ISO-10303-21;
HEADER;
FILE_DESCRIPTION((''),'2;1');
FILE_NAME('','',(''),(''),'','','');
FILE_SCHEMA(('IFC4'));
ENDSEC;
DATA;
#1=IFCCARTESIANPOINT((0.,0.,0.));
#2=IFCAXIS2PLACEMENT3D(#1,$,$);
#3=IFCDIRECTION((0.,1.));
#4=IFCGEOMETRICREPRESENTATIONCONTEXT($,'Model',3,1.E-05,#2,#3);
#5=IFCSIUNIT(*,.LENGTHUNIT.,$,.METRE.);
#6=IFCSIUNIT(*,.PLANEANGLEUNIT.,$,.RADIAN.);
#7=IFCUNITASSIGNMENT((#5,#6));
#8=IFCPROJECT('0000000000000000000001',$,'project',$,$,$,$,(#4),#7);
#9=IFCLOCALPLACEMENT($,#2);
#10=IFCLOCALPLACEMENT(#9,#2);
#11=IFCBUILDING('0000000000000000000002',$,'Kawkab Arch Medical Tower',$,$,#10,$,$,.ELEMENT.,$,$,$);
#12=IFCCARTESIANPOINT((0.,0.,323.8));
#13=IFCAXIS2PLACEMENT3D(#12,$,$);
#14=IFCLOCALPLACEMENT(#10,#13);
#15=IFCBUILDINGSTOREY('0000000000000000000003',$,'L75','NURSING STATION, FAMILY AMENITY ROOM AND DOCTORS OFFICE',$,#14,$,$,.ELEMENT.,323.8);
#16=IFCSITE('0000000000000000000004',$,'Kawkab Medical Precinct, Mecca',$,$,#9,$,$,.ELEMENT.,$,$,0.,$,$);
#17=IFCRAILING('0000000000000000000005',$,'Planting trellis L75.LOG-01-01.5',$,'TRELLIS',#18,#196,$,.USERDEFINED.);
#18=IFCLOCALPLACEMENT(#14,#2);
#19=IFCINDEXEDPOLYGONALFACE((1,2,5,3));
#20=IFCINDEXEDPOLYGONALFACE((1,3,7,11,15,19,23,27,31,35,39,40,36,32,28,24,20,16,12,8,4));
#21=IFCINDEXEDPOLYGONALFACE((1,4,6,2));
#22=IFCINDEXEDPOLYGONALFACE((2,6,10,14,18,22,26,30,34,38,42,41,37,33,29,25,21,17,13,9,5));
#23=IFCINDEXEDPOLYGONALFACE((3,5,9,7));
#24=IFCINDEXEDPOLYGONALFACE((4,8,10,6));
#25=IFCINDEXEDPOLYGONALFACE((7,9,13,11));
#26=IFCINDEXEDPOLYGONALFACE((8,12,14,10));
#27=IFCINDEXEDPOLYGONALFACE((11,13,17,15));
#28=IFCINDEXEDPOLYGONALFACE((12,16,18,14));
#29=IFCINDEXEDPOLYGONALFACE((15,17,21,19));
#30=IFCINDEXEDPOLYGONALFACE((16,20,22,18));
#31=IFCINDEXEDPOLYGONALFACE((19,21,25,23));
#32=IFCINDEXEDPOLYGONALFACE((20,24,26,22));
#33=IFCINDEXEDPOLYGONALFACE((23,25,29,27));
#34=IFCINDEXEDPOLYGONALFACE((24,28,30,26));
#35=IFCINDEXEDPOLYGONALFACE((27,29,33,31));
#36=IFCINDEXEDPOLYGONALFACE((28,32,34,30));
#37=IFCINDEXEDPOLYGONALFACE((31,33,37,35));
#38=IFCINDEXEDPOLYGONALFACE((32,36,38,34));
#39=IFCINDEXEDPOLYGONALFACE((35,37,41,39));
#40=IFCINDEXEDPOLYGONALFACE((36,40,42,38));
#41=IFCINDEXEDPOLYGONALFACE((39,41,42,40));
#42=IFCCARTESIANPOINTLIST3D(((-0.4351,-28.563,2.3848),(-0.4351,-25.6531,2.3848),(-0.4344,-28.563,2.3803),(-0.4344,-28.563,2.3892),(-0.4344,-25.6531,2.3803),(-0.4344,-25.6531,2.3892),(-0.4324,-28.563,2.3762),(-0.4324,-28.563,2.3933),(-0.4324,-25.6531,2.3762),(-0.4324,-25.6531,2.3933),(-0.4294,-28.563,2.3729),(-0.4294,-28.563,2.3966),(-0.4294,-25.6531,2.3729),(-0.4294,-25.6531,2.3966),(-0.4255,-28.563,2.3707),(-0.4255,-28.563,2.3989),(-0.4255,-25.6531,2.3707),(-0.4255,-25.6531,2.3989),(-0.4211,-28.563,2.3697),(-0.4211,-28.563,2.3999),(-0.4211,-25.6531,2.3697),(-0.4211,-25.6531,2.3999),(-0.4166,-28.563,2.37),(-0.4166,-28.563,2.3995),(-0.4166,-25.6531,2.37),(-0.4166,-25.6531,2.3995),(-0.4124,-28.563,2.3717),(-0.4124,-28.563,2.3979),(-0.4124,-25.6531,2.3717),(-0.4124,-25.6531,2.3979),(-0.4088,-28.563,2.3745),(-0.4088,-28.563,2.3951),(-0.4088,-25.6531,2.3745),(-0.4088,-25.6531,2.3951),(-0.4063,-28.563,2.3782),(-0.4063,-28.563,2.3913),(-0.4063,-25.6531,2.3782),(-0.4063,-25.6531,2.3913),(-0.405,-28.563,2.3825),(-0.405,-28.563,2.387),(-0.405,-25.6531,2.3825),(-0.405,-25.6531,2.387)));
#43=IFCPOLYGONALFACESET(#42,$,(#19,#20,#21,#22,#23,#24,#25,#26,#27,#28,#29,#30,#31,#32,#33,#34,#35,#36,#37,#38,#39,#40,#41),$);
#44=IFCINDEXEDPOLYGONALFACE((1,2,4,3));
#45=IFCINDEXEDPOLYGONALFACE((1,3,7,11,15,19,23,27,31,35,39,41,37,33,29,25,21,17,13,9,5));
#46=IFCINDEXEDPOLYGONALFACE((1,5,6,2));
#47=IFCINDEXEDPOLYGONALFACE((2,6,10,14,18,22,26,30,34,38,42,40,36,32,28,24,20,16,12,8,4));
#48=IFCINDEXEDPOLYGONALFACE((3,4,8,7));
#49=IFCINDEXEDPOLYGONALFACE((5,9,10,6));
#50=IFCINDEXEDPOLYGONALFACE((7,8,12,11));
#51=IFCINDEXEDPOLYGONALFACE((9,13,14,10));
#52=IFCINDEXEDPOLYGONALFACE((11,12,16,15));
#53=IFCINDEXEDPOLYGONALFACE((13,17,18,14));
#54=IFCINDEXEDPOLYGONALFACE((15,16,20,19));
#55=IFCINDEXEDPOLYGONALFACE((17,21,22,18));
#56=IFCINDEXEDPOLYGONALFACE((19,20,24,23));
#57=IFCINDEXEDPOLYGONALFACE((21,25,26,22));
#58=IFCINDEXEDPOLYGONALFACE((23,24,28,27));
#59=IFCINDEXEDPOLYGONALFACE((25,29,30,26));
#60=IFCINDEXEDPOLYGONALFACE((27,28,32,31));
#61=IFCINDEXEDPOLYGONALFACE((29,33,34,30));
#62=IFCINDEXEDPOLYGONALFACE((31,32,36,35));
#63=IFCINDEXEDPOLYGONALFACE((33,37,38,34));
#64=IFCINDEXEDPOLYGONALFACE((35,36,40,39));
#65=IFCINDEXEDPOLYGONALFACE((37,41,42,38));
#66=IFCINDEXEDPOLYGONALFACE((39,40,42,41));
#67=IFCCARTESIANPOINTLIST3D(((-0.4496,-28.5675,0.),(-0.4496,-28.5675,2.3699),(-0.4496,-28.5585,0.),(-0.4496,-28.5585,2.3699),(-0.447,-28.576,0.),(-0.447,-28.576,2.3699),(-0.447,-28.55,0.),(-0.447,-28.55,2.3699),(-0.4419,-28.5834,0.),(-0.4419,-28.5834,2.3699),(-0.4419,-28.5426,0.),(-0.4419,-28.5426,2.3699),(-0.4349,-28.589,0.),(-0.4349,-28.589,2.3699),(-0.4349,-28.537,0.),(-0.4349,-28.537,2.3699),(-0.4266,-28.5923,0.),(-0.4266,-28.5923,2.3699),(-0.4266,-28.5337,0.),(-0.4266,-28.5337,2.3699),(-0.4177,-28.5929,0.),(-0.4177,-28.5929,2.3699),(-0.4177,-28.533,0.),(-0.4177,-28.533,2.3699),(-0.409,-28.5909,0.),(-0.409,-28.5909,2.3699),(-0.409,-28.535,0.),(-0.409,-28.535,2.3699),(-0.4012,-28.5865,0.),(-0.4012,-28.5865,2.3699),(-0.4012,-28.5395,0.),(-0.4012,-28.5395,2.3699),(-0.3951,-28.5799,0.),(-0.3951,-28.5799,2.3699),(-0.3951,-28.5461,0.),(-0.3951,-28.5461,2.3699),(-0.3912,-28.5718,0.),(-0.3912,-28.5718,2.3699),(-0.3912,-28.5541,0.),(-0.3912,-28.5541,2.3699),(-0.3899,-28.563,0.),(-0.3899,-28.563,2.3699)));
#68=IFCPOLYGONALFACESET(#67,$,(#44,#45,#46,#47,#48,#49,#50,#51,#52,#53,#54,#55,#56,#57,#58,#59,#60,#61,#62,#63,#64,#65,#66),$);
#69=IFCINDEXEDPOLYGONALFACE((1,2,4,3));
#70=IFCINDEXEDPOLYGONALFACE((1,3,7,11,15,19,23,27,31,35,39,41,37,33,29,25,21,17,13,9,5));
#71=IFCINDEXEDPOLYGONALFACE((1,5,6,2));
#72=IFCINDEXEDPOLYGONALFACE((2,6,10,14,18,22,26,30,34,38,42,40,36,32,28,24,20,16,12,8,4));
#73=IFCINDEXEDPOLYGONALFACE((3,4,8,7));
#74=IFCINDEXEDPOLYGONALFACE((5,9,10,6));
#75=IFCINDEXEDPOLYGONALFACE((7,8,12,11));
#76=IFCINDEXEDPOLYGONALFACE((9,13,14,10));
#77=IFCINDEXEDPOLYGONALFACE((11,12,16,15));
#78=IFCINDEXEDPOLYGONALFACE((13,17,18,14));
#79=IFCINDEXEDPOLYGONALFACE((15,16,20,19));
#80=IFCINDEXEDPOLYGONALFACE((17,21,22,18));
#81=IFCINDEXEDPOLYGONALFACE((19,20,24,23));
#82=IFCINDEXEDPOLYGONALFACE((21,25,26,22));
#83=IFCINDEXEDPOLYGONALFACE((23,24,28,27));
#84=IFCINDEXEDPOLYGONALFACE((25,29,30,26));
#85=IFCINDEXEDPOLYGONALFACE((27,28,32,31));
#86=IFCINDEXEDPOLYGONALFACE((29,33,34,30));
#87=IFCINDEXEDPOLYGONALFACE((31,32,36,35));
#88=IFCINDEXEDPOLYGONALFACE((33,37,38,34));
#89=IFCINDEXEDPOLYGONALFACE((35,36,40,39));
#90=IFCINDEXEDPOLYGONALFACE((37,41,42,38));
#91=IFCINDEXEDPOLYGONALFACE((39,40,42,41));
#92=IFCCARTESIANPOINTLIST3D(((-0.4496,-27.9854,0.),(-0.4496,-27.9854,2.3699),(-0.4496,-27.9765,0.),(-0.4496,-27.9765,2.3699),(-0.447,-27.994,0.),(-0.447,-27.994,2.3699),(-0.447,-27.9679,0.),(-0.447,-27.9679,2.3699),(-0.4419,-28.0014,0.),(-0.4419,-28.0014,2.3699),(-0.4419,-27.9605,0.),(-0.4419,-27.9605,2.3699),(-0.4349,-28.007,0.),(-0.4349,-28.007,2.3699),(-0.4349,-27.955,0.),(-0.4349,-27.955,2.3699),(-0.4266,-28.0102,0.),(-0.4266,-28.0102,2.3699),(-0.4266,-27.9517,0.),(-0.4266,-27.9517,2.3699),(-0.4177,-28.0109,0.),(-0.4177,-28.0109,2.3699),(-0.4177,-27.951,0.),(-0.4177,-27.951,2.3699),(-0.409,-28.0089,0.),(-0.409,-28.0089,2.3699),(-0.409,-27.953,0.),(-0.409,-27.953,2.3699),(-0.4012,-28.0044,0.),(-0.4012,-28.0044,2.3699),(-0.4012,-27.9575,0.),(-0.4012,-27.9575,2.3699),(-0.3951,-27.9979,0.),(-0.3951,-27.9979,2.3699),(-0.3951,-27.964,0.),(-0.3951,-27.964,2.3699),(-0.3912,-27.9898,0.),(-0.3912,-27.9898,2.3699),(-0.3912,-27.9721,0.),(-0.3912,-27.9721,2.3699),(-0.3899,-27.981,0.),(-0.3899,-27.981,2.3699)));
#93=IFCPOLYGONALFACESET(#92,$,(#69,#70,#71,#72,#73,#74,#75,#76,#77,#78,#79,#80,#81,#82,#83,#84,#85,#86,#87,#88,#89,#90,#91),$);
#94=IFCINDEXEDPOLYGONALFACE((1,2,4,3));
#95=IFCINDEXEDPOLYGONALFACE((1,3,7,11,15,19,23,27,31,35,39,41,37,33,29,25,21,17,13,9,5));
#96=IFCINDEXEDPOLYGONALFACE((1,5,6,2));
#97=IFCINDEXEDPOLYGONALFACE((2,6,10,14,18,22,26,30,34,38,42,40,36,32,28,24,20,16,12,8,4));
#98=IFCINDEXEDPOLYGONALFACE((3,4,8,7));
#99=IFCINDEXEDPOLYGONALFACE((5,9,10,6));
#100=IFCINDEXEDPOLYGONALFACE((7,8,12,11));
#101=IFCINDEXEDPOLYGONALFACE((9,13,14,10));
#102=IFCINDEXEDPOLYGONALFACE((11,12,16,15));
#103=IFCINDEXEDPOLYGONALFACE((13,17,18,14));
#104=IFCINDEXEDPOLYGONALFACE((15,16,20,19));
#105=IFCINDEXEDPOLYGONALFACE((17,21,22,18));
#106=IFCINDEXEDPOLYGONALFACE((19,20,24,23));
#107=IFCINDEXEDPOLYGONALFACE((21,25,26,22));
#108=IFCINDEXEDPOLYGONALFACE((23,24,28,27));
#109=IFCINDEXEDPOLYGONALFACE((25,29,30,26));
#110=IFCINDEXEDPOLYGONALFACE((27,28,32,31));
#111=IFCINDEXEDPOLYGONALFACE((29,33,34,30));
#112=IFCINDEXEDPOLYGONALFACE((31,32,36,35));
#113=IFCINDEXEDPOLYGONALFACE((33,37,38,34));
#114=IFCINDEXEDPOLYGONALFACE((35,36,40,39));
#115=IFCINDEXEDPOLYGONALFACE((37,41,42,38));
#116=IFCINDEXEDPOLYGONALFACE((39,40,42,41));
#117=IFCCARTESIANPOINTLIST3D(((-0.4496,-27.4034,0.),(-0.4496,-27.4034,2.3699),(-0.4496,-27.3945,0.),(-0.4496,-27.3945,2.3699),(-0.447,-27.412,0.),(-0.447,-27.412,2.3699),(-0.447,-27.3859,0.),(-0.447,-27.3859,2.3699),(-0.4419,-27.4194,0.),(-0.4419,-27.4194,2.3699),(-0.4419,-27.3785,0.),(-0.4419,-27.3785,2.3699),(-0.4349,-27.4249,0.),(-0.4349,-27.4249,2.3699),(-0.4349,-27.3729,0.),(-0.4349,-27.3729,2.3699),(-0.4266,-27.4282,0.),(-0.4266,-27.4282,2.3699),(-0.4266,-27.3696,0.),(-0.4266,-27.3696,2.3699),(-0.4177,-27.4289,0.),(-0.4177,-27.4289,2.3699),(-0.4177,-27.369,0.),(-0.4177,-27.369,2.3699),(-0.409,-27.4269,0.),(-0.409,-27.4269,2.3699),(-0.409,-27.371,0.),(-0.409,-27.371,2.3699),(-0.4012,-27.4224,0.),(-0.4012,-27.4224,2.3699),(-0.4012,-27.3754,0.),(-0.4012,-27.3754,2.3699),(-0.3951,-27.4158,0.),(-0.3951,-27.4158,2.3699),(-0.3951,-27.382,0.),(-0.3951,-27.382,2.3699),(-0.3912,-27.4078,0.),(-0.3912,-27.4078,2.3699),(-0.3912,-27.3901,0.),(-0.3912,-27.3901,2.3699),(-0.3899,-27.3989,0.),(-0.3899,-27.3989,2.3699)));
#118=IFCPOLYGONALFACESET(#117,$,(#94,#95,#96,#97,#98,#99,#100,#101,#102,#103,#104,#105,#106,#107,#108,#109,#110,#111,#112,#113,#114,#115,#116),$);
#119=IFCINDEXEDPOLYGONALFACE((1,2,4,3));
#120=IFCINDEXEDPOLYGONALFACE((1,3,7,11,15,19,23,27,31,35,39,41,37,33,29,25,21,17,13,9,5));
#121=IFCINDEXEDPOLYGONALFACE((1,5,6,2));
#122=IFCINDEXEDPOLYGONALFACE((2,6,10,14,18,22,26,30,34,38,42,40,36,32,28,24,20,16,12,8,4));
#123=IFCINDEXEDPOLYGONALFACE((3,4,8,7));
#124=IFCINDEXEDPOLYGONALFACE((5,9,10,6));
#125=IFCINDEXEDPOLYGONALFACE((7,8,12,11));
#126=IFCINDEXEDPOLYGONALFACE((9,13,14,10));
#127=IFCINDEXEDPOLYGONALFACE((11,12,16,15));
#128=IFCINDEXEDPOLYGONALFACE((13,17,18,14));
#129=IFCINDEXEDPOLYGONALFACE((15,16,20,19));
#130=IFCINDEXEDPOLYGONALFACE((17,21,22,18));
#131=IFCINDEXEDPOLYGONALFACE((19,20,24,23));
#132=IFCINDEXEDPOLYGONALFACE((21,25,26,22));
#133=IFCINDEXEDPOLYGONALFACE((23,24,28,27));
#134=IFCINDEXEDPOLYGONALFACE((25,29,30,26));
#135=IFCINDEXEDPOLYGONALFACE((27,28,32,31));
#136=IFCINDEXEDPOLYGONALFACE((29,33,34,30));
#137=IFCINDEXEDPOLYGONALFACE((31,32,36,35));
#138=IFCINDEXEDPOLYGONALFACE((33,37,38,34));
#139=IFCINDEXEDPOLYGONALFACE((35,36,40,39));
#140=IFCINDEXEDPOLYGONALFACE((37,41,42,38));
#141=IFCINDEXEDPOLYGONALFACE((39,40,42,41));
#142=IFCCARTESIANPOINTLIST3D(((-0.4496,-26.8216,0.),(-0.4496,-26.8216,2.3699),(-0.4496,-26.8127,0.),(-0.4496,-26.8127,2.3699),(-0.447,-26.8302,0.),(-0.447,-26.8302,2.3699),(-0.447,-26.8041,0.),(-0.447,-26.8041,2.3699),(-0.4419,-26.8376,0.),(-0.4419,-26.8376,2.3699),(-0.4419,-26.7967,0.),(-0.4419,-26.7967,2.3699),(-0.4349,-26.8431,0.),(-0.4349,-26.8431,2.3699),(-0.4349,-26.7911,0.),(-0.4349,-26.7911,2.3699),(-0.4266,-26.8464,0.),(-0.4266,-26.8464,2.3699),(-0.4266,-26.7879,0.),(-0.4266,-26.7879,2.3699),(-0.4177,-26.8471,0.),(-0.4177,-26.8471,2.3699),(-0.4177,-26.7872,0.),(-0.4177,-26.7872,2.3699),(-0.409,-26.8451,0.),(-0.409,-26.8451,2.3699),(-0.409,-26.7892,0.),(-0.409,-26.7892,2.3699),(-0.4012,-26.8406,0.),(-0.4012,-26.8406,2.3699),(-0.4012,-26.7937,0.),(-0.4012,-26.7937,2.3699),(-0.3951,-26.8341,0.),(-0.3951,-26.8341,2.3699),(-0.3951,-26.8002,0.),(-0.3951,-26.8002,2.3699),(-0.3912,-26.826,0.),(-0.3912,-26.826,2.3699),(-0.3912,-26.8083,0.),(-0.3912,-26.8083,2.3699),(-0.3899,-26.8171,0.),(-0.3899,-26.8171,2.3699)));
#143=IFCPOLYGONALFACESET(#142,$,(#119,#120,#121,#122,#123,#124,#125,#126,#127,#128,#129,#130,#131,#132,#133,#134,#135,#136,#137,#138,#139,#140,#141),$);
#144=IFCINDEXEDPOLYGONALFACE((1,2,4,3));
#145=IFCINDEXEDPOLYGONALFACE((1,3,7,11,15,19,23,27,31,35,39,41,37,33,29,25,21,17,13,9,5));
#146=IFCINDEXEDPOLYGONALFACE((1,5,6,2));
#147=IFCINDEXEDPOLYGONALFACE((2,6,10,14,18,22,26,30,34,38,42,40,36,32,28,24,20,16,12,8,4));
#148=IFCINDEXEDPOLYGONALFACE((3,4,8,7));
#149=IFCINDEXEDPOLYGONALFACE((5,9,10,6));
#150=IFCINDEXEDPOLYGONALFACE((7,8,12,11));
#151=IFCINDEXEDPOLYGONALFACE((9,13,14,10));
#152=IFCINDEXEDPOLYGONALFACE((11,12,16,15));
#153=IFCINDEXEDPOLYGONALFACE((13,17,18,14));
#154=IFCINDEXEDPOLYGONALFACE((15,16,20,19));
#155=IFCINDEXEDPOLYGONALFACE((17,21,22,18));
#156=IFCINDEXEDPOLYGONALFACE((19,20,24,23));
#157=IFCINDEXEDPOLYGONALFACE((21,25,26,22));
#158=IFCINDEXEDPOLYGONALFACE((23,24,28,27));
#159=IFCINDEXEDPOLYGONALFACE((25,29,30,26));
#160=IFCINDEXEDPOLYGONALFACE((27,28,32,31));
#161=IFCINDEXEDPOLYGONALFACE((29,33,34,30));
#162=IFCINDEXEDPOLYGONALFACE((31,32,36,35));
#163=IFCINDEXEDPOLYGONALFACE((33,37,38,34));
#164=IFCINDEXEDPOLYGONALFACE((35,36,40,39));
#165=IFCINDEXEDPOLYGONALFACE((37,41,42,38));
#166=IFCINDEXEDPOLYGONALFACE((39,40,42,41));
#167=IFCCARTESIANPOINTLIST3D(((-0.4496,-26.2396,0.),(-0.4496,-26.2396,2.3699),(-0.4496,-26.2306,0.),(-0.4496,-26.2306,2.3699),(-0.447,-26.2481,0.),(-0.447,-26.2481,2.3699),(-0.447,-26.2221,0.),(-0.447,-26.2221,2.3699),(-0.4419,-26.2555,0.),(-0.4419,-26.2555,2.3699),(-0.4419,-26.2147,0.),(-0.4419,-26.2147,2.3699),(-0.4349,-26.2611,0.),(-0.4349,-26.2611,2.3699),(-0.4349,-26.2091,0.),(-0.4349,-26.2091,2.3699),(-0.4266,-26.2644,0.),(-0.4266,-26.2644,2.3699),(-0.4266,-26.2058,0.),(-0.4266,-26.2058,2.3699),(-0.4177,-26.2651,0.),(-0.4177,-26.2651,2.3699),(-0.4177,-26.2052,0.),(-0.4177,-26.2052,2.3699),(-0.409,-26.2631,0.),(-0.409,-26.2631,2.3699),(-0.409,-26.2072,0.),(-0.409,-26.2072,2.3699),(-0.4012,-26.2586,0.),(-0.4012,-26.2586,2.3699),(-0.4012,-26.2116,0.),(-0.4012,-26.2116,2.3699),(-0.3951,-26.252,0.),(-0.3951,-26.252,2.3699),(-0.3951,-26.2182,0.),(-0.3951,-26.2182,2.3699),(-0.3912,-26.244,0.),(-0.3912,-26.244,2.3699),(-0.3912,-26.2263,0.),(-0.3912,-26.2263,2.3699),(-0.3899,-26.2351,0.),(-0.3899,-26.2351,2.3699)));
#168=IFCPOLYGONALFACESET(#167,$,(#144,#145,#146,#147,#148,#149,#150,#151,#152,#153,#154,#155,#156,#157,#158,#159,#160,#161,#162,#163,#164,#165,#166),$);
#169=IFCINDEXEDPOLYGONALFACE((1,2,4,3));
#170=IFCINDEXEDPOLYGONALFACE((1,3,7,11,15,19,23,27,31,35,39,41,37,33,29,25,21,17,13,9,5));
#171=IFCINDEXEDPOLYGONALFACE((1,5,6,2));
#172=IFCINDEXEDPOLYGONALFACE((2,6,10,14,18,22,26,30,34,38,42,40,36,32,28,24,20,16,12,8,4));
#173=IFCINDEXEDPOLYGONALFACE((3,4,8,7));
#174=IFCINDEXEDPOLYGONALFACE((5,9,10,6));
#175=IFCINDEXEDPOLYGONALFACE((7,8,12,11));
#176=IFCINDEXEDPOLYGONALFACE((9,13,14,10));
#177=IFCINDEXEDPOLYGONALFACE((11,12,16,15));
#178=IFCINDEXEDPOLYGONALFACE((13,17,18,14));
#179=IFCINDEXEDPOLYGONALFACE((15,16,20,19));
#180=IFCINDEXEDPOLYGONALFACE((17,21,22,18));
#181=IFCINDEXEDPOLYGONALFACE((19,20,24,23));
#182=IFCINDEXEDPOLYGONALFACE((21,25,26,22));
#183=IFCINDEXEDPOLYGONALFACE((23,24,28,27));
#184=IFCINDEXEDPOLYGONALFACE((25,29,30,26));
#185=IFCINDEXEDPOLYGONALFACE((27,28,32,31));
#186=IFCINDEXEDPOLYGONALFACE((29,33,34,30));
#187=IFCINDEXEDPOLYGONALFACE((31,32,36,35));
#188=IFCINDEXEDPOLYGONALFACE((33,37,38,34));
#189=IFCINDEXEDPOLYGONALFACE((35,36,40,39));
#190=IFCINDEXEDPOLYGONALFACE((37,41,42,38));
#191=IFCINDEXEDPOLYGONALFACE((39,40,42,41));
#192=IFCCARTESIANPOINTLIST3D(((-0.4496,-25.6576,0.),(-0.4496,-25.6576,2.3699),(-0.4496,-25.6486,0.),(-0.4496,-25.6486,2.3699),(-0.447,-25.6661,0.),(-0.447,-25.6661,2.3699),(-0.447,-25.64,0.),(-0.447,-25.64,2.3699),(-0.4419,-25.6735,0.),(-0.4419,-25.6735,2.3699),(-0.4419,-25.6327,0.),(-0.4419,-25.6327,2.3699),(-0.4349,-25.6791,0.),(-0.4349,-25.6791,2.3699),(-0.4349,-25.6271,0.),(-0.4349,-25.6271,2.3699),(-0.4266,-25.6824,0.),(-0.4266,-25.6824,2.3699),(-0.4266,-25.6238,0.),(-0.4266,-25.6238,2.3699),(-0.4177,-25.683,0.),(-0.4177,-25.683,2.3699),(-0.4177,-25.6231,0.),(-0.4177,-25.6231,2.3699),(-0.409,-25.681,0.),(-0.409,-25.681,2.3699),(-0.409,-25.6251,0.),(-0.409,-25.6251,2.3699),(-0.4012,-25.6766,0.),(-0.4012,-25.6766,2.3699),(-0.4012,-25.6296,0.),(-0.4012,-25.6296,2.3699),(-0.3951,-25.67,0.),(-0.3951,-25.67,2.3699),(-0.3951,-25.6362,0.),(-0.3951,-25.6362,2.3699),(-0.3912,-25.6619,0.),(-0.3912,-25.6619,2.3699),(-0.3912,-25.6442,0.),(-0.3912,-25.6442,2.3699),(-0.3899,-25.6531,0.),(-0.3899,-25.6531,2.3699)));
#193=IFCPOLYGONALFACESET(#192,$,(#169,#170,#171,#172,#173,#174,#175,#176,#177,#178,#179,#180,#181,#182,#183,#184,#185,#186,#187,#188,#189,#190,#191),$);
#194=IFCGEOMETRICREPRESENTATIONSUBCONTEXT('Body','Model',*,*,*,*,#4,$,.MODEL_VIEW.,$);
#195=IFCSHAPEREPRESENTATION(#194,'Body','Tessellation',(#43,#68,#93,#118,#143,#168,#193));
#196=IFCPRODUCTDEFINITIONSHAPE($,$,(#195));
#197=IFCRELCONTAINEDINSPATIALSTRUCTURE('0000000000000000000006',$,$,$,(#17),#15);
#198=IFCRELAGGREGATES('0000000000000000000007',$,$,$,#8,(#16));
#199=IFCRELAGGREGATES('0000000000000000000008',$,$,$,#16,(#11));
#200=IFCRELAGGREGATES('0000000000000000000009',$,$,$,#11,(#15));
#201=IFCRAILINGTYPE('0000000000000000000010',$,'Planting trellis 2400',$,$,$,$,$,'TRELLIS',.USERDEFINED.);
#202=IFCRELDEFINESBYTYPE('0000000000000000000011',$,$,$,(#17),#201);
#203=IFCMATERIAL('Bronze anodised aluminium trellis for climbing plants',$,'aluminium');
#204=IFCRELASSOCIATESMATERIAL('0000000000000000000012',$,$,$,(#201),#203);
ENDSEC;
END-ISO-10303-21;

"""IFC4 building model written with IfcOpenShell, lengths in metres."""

from ifc_helpers import new_model, si_unit, direction, frame, origin, origin_2d, place, context, subcontext, project, spatial, circle, extrude, material, type_object, element, save


model = new_model("IFC4")

# Units and contexts
model_context = context("Model", 3, precision=1e-05, world=origin(), true_north=direction((0.0, 1.0)))
body_context = subcontext(model_context, "Body", "Model", "MODEL_VIEW")
ifc_project = project(units=[si_unit("LENGTHUNIT", "METRE"), si_unit("PLANEANGLEUNIT", "RADIAN")], contexts=[model_context])

# Site, building, storey
site_placement = place(None, origin())
site = spatial("IfcSite", under=ifc_project, at=site_placement, Name="Kawkab Medical Precinct, Mecca", CompositionType="ELEMENT", RefElevation=0.0)
building_placement = place(site_placement, origin())
building = spatial("IfcBuilding", under=site, at=building_placement, Name="Kawkab Arch Medical Tower", CompositionType="ELEMENT")
storey_placement = place(building_placement, frame((0.0, 0.0, 323.8)))
storey = spatial("IfcBuildingStorey", under=building, at=storey_placement, Name="L75", Description="NURSING STATION, FAMILY AMENITY ROOM AND DOCTORS OFFICE", CompositionType="ELEMENT", Elevation=323.8)

# Railing
ifc_material_1 = material(Name="Bronze anodised aluminium trellis for climbing plants", Category="aluminium")
railing_type = type_object("IfcRailingType", Name="Planting trellis 2400", ElementType="TRELLIS", PredefinedType="USERDEFINED", material=ifc_material_1)
railing_1_placement = place(storey_placement, frame((-0.4199, -28.563, 0.0)))
element("IfcRailing", 1, at=railing_1_placement, inside=storey, type_object=railing_type, Name="Planting trellis L75.LOG-01-01.5", ObjectType="TRELLIS", PredefinedType="USERDEFINED", context=body_context, shape_type="SweptSolid", body=[
    extrude(circle(Radius=0.0151, at=origin_2d()), frame((0.0, 0.0, 2.3848), z_axis=(0.0, 1.0, 0.0), x_axis=(-1.0, 0.0, 0.0)), (0.0, 0.0, 1.0), 2.9099),
    extrude(circle(Radius=0.03, at=origin_2d()), origin(), (0.0, 0.0, 1.0), 2.3699),
    extrude(circle(Radius=0.03, at=origin_2d()), frame((0.0, 0.582, 0.0)), (0.0, 0.0, 1.0), 2.3699),
    extrude(circle(Radius=0.03, at=origin_2d()), frame((0.0, 1.1641, 0.0)), (0.0, 0.0, 1.0), 2.3699),
    extrude(circle(Radius=0.03, at=origin_2d()), frame((0.0, 1.7458, 0.0)), (0.0, 0.0, 1.0), 2.3699),
    extrude(circle(Radius=0.03, at=origin_2d()), frame((0.0, 2.3279, 0.0)), (0.0, 0.0, 1.0), 2.3699),
    extrude(circle(Radius=0.03, at=origin_2d()), frame((0.0, 2.9099, 0.0)), (0.0, 0.0, 1.0), 2.3699),
])

save(model, "model.ifc")
